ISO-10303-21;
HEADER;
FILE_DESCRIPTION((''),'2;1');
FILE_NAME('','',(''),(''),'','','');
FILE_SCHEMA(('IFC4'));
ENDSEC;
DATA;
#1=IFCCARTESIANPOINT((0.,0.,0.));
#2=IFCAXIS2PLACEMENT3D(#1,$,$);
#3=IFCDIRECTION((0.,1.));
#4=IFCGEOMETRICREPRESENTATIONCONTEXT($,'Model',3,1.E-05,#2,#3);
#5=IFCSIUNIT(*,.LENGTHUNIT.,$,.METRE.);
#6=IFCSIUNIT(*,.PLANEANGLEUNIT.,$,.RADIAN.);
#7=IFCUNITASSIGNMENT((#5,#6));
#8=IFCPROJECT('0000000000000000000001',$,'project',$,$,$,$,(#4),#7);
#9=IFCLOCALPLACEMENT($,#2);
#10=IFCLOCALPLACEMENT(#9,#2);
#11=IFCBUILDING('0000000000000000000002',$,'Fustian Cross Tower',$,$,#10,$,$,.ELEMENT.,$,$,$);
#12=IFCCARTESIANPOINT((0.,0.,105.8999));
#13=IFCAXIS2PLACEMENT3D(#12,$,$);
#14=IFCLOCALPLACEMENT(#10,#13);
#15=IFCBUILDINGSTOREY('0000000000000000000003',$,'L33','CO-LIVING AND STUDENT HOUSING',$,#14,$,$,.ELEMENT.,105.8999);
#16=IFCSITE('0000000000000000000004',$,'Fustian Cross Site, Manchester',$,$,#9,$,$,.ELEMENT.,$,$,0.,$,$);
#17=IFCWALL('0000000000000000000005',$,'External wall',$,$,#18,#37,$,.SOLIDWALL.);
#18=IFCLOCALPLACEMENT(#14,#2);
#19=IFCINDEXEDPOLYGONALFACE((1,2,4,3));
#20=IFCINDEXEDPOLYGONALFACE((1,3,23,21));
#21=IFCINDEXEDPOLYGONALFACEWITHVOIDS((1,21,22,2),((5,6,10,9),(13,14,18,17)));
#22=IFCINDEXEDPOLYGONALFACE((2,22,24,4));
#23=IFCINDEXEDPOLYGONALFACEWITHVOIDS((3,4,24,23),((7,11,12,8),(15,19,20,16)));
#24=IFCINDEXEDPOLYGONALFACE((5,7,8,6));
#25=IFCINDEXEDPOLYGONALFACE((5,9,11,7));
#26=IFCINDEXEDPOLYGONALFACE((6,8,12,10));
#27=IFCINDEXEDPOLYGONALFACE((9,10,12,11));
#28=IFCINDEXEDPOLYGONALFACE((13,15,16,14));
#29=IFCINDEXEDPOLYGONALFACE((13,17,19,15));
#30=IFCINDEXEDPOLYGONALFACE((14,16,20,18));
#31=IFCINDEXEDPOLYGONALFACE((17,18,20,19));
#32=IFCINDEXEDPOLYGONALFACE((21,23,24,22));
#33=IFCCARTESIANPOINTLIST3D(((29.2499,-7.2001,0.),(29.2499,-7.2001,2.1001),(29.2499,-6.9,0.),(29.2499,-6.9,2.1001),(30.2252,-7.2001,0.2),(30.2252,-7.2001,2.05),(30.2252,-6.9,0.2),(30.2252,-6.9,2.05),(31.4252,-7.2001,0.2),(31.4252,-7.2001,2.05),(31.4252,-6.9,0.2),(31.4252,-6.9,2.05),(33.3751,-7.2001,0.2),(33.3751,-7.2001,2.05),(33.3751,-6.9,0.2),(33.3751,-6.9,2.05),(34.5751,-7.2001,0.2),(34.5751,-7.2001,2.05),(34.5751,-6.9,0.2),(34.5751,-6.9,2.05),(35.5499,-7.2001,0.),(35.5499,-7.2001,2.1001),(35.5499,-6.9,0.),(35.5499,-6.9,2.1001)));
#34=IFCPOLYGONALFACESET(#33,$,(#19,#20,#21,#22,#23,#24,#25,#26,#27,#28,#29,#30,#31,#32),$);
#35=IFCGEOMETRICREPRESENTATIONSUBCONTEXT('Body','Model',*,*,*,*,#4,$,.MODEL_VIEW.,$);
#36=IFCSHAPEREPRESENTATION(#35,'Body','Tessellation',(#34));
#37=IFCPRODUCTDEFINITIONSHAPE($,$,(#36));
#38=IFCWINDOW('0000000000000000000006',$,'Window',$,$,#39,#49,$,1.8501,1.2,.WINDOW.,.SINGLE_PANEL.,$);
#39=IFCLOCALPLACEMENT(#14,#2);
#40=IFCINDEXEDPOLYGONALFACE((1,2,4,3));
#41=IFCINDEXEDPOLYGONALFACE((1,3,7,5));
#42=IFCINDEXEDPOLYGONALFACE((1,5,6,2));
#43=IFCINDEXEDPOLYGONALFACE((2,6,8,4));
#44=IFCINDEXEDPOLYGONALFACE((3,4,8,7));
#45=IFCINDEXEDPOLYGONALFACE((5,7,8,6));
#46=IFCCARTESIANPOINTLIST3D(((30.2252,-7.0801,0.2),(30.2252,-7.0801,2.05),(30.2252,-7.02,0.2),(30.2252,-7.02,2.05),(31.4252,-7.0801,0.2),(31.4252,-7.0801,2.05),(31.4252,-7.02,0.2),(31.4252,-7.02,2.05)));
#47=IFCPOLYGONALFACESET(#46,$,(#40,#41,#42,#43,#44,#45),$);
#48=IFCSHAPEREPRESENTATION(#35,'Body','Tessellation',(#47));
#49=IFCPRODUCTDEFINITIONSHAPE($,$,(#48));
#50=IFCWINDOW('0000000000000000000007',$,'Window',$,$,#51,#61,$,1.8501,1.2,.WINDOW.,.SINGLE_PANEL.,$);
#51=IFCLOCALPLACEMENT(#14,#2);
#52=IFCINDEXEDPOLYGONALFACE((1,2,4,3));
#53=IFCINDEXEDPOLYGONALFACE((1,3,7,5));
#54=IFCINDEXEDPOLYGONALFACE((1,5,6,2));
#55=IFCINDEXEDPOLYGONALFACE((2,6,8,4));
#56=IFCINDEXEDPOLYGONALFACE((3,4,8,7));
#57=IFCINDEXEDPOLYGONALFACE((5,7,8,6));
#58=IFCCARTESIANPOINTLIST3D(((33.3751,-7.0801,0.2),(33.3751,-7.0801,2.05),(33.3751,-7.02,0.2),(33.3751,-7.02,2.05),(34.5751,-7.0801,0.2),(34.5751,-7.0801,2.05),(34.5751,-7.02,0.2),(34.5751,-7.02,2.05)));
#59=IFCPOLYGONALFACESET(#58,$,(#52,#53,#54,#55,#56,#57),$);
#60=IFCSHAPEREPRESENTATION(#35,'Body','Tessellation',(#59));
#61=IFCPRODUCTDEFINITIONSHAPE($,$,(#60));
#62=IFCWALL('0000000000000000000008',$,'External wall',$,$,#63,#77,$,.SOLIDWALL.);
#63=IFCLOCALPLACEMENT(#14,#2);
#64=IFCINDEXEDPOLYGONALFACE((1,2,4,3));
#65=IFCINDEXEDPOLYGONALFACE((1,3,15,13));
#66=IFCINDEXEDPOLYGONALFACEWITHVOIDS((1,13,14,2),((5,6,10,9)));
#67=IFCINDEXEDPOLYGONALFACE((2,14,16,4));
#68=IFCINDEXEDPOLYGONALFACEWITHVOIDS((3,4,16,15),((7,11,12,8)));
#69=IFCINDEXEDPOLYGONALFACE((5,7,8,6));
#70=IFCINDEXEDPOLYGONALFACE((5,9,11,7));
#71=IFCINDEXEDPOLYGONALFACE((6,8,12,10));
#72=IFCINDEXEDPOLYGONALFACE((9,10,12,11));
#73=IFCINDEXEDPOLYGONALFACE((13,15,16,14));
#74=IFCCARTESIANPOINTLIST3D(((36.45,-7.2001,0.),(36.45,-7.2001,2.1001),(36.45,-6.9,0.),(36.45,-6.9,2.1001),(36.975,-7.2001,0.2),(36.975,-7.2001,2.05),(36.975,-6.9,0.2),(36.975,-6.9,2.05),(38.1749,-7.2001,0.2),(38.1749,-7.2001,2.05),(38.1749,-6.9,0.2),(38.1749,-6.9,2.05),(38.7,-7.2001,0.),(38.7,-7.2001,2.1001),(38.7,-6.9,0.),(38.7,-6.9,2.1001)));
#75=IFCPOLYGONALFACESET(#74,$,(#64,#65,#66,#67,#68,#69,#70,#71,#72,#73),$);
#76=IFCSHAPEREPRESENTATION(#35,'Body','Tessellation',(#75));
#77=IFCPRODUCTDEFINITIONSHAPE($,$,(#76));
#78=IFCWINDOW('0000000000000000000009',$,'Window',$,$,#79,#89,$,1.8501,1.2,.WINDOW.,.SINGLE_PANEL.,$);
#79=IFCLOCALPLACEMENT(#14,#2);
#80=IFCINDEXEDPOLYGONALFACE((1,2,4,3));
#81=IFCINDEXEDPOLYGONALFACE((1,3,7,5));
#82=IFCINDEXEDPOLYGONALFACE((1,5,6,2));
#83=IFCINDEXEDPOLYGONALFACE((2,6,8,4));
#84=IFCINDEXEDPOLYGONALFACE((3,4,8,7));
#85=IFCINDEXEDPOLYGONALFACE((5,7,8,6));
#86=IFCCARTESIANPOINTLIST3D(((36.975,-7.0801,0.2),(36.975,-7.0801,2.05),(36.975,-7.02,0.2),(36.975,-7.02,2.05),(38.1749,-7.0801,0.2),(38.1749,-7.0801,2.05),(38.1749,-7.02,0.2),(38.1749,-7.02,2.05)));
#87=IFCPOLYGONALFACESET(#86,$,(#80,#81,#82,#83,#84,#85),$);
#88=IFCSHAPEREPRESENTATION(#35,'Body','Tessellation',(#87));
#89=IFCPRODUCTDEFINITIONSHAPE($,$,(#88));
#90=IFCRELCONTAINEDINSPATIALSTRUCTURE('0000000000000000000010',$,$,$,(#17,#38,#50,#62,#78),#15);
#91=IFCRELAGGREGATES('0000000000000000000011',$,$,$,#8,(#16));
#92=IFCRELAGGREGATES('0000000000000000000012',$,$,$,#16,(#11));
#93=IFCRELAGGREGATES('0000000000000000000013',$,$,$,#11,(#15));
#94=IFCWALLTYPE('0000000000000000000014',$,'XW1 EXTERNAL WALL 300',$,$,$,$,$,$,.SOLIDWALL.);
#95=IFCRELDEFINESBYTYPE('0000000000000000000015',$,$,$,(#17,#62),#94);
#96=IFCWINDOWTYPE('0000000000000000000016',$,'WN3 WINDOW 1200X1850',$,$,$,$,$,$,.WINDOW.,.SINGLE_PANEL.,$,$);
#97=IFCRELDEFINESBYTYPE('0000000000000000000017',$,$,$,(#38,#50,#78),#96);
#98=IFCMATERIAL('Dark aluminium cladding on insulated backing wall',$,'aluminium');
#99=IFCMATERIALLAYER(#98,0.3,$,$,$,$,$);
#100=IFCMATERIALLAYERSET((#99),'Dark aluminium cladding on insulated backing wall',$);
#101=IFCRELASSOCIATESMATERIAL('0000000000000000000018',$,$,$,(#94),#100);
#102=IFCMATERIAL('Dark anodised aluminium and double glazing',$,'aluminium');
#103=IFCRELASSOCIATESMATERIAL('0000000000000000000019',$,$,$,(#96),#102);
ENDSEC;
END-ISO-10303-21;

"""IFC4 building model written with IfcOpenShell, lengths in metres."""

from ifc_helpers import new_model, si_unit, direction, frame, frame_2d, origin, place, context, subcontext, project, spatial, rectangle, extrude, material, layer, layer_set, type_object, element, fill, save


model = new_model("IFC4")

# Units and contexts
model_context = context("Model", 3, precision=1e-05, world=origin(), true_north=direction((0.0, 1.0)))
body_context = subcontext(model_context, "Body", "Model", "MODEL_VIEW")
ifc_project = project(units=[si_unit("LENGTHUNIT", "METRE"), si_unit("PLANEANGLEUNIT", "RADIAN")], contexts=[model_context])

# Site, building, storey
site_placement = place(None, origin())
site = spatial("IfcSite", under=ifc_project, at=site_placement, Name="Fustian Cross Site, Manchester", CompositionType="ELEMENT", RefElevation=0.0)
building_placement = place(site_placement, origin())
building = spatial("IfcBuilding", under=site, at=building_placement, Name="Fustian Cross Tower", CompositionType="ELEMENT")
storey_placement = place(building_placement, frame((0.0, 0.0, 105.8999)))
storey = spatial("IfcBuildingStorey", under=building, at=storey_placement, Name="L33", Description="CO-LIVING AND STUDENT HOUSING", CompositionType="ELEMENT", Elevation=105.8999)

# Shared definitions
ifc_material_1 = material(Name="Dark aluminium cladding on insulated backing wall", Category="aluminium")
ifc_layer_1 = layer(ifc_material_1, 0.3)
ifc_layer_set_1 = layer_set([ifc_layer_1], Name="Dark aluminium cladding on insulated backing wall")
wall_type_1 = type_object("IfcWallType", Name="XW1 EXTERNAL WALL 300", PredefinedType="SOLIDWALL", material=ifc_layer_set_1)
ifc_material_2 = material(Name="Dark anodised aluminium and double glazing", Category="aluminium")
window_type = type_object("IfcWindowType", Name="WN3 WINDOW 1200X1850", PartitioningType="SINGLE_PANEL", PredefinedType="WINDOW", material=ifc_material_2)

# Wall, openings, windows
wall_1_placement = place(storey_placement, frame((29.25, -7.05, 0.0), z_axis=(0.0, 0.0, 1.0), x_axis=(1.0, 0.0, 0.0)))
wall_1 = element("IfcWall", 1, at=wall_1_placement, inside=storey, type_object=wall_type_1, Name="External wall", PredefinedType="SOLIDWALL", context=body_context, shape_type="SweptSolid", body=[
    extrude(rectangle(XDim=6.3, YDim=0.3, at=frame_2d((3.1499, 0.0))), origin(), (0.0, 0.0, 1.0), 2.1001),
])
opening_1_placement = place(wall_1_placement, frame((0.9751, 0.0, 0.2)))
opening_1 = element("IfcOpeningElement", 2, at=opening_1_placement, cuts=wall_1, PredefinedType="OPENING", context=body_context, shape_type="SweptSolid", body=[
    extrude(rectangle(XDim=1.2, YDim=1.8501, at=frame_2d((0.6001, 0.925))), frame((0.0, 0.1599, 0.0), z_axis=(0.0, -1.0, 0.0), x_axis=(1.0, 0.0, 0.0)), (0.0, 0.0, 1.0), 0.3201),
])
opening_2_placement = place(wall_1_placement, frame((4.125, 0.0, 0.2)))
opening_2 = element("IfcOpeningElement", 3, at=opening_2_placement, cuts=wall_1, PredefinedType="OPENING", context=body_context, shape_type="SweptSolid", body=[
    extrude(rectangle(XDim=1.2, YDim=1.8501, at=frame_2d((0.6001, 0.925))), frame((0.0, 0.1599, 0.0), z_axis=(0.0, -1.0, 0.0), x_axis=(1.0, 0.0, 0.0)), (0.0, 0.0, 1.0), 0.3201),
])
window_1_placement = place(opening_1_placement, origin())
window_1 = element("IfcWindow", 4, at=window_1_placement, inside=storey, type_object=window_type, Name="Window", OverallHeight=1.8501, OverallWidth=1.2, PartitioningType="SINGLE_PANEL", PredefinedType="WINDOW", context=body_context, shape_type="SweptSolid", body=[
    extrude(rectangle(XDim=1.2, YDim=1.8501, at=frame_2d((0.6001, 0.925))), frame((0.0, 0.03, 0.0), z_axis=(0.0, -1.0, 0.0), x_axis=(1.0, 0.0, 0.0)), (0.0, 0.0, 1.0), 0.0601),
])
fill(opening_1, window_1)
window_2_placement = place(opening_2_placement, origin())
window_2 = element("IfcWindow", 5, at=window_2_placement, inside=storey, type_object=window_type, Name="Window", OverallHeight=1.8501, OverallWidth=1.2, PartitioningType="SINGLE_PANEL", PredefinedType="WINDOW", context=body_context, shape_type="SweptSolid", body=[
    extrude(rectangle(XDim=1.2, YDim=1.8501, at=frame_2d((0.6001, 0.925))), frame((0.0, 0.03, 0.0), z_axis=(0.0, -1.0, 0.0), x_axis=(1.0, 0.0, 0.0)), (0.0, 0.0, 1.0), 0.0601),
])
fill(opening_2, window_2)

# Wall, opening, window
wall_2_placement = place(storey_placement, frame((36.45, -7.05, 0.0), z_axis=(0.0, 0.0, 1.0), x_axis=(1.0, 0.0, 0.0)))
wall_2 = element("IfcWall", 6, at=wall_2_placement, inside=storey, type_object=wall_type_1, Name="External wall", PredefinedType="SOLIDWALL", context=body_context, shape_type="SweptSolid", body=[
    extrude(rectangle(XDim=2.25, YDim=0.3, at=frame_2d((1.125, 0.0))), origin(), (0.0, 0.0, 1.0), 2.1001),
])
opening_3_placement = place(wall_2_placement, frame((0.5249, 0.0, 0.2)))
opening_3 = element("IfcOpeningElement", 7, at=opening_3_placement, cuts=wall_2, PredefinedType="OPENING", context=body_context, shape_type="SweptSolid", body=[
    extrude(rectangle(XDim=1.2, YDim=1.8501, at=frame_2d((0.6001, 0.925))), frame((0.0, 0.1599, 0.0), z_axis=(0.0, -1.0, 0.0), x_axis=(1.0, 0.0, 0.0)), (0.0, 0.0, 1.0), 0.3201),
])
window_3_placement = place(opening_3_placement, origin())
window_3 = element("IfcWindow", 8, at=window_3_placement, inside=storey, type_object=window_type, Name="Window", OverallHeight=1.8501, OverallWidth=1.2, PartitioningType="SINGLE_PANEL", PredefinedType="WINDOW", context=body_context, shape_type="SweptSolid", body=[
    extrude(rectangle(XDim=1.2, YDim=1.8501, at=frame_2d((0.6001, 0.925))), frame((0.0, 0.03, 0.0), z_axis=(0.0, -1.0, 0.0), x_axis=(1.0, 0.0, 0.0)), (0.0, 0.0, 1.0), 0.0601),
])
fill(opening_3, window_3)

save(model, "model.ifc")
